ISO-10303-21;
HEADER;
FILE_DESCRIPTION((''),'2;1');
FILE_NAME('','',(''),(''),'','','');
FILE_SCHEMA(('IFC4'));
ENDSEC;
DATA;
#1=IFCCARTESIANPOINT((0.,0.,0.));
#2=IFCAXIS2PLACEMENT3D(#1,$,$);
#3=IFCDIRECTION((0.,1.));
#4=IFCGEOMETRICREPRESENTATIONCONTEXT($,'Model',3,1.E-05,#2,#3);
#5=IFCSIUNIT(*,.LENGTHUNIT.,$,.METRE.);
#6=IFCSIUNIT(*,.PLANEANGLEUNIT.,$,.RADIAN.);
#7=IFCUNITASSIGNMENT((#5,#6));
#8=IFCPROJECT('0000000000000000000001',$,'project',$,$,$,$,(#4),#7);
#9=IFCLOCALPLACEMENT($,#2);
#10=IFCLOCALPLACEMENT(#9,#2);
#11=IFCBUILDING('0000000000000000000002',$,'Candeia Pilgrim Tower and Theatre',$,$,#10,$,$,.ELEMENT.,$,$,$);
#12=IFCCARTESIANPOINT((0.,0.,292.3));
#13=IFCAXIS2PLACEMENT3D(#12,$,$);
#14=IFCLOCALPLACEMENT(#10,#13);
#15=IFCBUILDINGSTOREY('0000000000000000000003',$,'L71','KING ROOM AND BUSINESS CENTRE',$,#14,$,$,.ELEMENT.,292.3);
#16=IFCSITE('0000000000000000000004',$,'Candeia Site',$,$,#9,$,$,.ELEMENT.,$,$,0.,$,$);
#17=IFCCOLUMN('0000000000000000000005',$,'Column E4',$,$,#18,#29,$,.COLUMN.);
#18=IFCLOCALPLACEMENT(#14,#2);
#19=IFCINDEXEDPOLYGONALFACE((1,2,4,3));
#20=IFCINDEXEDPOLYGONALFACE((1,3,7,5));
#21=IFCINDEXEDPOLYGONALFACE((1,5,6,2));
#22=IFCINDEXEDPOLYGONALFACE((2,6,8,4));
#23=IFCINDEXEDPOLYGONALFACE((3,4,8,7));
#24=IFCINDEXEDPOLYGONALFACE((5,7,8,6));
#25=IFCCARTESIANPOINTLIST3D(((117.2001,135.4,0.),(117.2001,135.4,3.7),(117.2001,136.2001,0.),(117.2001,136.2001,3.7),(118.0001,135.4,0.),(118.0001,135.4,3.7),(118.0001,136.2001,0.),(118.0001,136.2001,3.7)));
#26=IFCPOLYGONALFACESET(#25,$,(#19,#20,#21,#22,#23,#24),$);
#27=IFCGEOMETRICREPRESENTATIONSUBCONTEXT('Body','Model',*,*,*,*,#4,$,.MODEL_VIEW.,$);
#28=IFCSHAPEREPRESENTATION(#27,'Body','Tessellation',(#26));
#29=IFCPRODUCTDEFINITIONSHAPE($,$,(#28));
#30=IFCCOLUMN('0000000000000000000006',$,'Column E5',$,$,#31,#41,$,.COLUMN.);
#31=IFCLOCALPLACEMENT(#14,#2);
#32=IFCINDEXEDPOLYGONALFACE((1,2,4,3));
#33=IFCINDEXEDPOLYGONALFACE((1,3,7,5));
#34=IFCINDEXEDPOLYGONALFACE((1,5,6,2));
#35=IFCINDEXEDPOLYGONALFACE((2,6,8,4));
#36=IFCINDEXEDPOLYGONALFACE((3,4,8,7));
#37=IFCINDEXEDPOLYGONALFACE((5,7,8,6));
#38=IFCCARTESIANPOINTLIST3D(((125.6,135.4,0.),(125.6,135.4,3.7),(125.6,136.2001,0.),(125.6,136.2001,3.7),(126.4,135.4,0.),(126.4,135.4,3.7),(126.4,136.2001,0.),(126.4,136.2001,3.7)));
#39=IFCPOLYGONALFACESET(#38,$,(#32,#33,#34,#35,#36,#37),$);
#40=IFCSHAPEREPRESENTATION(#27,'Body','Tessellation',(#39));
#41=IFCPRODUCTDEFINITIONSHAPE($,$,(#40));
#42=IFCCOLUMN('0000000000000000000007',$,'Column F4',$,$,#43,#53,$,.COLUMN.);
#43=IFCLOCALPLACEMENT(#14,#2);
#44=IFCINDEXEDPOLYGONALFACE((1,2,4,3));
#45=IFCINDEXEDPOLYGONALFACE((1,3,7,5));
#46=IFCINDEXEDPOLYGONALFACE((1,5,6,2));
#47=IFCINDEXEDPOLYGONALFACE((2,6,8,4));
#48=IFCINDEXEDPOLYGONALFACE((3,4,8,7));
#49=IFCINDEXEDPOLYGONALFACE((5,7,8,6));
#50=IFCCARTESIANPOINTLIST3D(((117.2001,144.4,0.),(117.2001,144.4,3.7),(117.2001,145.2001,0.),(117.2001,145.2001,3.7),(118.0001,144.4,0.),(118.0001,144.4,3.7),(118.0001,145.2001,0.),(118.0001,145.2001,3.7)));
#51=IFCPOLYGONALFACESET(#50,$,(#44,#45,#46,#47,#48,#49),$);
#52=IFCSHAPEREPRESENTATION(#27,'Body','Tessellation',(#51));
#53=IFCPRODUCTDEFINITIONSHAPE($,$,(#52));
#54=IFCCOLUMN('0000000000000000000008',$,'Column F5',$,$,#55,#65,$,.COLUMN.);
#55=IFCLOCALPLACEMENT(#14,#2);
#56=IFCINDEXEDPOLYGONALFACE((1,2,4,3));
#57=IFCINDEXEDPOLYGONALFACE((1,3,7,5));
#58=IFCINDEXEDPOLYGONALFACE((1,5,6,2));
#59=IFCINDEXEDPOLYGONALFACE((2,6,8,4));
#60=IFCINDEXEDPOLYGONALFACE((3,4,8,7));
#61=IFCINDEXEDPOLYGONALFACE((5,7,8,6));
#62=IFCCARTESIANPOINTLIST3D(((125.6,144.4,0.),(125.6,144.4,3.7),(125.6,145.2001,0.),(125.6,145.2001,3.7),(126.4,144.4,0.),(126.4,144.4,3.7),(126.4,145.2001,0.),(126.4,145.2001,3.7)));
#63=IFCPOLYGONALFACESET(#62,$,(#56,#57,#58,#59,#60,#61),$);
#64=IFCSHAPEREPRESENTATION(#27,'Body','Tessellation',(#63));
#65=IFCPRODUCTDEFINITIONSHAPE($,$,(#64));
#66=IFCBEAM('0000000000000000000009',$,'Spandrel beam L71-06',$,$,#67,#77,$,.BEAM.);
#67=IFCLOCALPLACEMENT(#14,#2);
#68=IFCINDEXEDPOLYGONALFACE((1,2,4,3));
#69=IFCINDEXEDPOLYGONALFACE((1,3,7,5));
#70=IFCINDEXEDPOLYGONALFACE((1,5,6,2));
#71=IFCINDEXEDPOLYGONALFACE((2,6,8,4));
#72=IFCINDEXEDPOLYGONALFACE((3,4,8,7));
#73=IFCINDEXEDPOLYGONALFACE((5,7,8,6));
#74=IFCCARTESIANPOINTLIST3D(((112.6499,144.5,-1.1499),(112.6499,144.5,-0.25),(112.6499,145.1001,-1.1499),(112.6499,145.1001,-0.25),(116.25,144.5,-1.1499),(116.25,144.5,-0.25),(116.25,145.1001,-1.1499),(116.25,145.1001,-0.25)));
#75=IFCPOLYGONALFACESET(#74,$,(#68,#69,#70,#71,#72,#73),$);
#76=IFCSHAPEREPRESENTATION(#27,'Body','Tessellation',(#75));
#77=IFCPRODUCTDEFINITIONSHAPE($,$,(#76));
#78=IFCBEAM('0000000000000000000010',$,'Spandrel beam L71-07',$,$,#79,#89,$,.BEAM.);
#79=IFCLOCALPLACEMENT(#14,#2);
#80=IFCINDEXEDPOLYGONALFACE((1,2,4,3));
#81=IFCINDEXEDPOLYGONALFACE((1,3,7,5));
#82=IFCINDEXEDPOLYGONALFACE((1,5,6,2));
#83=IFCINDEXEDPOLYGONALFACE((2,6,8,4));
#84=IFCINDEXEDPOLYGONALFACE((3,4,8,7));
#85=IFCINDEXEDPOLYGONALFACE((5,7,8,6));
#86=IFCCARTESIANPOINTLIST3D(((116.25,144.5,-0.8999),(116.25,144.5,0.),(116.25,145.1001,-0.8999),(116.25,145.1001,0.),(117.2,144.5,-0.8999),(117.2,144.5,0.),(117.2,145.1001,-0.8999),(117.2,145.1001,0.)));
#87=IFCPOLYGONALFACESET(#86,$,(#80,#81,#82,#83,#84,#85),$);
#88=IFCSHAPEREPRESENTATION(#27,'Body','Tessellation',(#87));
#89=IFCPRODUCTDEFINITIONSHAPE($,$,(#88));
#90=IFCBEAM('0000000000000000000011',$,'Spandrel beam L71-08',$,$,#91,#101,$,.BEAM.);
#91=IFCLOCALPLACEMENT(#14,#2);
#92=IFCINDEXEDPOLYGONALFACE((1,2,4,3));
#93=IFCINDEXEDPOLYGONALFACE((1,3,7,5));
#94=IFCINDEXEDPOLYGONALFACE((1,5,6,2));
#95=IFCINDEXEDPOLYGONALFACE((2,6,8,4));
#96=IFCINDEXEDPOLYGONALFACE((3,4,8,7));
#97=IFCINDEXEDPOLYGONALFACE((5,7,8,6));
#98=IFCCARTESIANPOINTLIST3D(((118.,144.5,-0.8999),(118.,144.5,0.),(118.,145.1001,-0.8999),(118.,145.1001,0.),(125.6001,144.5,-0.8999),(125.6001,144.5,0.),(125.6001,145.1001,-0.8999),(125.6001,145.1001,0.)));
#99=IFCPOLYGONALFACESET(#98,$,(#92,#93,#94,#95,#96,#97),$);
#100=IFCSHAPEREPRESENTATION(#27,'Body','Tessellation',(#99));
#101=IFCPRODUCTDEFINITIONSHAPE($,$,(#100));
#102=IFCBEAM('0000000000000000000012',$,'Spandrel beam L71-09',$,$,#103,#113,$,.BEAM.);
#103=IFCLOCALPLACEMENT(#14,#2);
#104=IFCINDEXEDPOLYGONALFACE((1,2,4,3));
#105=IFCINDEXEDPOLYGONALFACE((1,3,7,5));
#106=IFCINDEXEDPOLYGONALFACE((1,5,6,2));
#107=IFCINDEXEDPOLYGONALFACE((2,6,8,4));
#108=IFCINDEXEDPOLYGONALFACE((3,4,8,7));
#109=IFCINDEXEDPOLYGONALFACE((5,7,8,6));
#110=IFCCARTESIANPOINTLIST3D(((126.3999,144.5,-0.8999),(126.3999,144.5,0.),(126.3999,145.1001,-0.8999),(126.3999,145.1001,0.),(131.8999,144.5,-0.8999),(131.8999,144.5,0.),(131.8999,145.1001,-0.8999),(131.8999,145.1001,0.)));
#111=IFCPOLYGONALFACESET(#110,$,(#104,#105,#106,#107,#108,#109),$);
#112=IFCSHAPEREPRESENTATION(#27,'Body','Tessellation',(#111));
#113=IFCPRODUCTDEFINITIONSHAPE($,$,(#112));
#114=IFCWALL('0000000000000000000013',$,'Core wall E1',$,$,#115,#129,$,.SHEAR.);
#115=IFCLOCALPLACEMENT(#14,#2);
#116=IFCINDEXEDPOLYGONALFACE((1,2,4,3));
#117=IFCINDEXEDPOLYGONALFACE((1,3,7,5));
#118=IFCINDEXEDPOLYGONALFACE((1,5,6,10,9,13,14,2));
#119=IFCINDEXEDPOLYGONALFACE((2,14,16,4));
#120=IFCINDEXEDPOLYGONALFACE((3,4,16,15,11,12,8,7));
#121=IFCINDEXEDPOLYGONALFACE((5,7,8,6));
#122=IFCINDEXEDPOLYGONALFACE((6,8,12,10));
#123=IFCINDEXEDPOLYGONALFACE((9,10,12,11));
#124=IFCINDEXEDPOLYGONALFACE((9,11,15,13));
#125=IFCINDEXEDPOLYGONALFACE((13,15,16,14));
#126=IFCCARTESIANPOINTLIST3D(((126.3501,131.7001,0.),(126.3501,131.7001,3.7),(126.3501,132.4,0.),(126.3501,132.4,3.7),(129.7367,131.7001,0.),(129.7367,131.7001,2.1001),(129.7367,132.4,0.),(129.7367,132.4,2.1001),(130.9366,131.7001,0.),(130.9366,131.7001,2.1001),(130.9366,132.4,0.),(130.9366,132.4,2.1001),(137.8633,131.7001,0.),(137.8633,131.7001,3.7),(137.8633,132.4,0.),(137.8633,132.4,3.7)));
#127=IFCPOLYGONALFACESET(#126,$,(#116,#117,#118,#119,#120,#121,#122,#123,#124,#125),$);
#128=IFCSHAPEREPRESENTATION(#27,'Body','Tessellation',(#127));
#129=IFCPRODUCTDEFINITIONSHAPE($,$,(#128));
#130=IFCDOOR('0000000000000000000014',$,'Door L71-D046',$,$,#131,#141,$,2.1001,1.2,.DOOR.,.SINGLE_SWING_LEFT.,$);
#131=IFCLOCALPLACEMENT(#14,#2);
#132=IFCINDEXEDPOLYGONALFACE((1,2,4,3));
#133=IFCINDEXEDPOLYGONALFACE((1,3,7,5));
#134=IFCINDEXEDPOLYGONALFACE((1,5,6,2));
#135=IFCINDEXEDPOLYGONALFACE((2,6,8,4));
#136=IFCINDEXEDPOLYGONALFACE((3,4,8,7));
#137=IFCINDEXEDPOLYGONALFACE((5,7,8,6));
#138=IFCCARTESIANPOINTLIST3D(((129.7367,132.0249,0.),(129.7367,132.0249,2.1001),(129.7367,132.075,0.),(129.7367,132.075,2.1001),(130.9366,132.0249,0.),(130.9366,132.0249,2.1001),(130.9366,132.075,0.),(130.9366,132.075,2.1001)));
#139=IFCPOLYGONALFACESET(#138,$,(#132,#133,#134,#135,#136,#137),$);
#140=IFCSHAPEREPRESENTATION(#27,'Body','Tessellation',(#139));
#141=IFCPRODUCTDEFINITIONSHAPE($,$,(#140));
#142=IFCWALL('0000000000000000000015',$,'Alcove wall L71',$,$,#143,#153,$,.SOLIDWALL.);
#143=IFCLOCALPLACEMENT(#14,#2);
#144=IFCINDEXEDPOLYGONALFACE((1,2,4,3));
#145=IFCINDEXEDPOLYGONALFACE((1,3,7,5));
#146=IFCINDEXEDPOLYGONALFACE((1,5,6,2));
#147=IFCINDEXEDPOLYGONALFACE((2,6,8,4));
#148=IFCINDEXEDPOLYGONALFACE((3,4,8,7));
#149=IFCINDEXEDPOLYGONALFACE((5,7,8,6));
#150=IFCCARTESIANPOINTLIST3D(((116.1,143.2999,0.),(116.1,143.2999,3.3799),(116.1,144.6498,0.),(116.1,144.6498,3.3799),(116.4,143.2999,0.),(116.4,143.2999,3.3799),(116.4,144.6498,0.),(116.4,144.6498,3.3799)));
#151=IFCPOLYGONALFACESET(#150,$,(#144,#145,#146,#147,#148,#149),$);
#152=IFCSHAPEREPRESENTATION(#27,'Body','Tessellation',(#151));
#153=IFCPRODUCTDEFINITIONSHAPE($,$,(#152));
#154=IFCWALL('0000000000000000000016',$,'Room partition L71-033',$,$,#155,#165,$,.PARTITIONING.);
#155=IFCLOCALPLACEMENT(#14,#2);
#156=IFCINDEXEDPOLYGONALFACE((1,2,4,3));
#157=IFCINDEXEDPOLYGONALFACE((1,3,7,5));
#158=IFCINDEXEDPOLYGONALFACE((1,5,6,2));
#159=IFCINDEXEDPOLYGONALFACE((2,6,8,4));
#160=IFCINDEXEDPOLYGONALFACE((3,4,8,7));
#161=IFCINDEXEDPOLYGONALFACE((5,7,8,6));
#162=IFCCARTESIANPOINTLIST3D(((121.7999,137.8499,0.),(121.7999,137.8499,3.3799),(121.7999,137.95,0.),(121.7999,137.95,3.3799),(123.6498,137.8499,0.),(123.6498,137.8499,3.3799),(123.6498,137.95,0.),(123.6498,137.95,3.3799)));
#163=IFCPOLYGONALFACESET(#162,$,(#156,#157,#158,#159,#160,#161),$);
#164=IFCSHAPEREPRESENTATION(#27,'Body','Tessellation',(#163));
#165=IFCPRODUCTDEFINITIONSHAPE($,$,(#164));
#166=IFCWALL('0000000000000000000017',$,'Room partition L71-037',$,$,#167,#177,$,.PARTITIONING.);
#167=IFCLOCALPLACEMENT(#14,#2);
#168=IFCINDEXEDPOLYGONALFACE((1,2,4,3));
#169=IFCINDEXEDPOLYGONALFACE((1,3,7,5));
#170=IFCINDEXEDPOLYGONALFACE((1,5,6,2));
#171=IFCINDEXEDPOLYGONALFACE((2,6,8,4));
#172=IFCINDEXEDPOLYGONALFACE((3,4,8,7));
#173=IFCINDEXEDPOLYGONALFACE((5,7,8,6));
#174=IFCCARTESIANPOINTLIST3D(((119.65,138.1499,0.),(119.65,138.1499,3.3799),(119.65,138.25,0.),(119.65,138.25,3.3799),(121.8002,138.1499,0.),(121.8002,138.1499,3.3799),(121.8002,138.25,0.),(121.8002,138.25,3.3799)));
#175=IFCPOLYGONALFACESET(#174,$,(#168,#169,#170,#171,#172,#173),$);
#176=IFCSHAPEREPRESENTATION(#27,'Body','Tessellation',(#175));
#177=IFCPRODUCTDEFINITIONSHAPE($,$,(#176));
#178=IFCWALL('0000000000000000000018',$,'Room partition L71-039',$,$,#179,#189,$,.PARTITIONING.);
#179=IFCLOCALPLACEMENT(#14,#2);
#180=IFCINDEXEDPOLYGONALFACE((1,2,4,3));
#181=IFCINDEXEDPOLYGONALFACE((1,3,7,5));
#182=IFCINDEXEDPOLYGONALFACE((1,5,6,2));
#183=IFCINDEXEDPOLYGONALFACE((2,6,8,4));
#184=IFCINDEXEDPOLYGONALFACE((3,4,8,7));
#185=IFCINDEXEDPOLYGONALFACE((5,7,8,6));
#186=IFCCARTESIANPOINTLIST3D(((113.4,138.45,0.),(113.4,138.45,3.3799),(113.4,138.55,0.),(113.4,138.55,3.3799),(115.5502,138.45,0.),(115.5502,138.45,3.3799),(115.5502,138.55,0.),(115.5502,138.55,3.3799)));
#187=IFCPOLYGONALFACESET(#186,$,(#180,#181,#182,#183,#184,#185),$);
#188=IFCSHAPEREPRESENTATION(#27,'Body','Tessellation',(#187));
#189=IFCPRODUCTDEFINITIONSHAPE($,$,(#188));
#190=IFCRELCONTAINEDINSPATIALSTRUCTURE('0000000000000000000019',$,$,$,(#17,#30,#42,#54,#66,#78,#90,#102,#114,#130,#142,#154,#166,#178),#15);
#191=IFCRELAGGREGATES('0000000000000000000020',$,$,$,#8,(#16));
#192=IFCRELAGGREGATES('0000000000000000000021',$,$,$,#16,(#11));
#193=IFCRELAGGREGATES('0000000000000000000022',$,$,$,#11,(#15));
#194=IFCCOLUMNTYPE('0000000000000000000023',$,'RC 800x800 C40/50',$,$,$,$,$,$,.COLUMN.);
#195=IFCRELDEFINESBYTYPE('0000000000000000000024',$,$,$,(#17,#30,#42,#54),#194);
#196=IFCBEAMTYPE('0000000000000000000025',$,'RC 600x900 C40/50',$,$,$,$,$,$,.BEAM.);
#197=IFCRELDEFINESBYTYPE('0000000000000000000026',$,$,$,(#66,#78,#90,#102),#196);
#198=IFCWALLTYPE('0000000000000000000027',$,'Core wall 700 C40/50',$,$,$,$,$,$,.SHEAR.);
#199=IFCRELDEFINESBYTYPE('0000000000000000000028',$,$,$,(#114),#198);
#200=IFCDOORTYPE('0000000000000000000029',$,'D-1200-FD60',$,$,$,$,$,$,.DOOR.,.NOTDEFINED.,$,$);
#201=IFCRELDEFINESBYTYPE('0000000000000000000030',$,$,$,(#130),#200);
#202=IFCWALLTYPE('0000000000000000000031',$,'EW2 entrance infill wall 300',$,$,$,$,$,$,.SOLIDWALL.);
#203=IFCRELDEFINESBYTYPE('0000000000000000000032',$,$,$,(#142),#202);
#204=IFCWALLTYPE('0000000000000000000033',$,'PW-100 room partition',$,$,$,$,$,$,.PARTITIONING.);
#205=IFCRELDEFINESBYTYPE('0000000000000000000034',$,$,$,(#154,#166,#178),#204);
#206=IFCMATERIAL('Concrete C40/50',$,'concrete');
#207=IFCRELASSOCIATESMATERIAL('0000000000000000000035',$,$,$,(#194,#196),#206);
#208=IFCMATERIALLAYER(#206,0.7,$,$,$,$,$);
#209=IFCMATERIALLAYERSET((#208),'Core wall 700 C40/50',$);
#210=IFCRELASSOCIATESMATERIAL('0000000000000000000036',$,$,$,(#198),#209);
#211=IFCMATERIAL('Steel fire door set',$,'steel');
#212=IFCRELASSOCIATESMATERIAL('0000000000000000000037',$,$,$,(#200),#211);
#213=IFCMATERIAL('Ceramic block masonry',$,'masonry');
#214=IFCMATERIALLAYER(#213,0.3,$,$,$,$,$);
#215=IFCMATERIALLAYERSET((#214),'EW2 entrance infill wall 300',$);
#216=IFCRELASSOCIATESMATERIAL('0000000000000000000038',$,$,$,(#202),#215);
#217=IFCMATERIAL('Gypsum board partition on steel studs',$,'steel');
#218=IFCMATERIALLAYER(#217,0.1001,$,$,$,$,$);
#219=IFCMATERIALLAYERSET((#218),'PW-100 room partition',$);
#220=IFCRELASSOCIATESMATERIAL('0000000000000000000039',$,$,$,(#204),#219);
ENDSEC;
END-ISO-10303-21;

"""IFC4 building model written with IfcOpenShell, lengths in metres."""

from ifc_helpers import new_model, si_unit, direction, frame, frame_2d, origin, origin_2d, place, context, subcontext, project, spatial, rectangle, extrude, material, layer, layer_set, material_profile, profile_set, type_object, element, fill, save


model = new_model("IFC4")

# Units and contexts
model_context = context("Model", 3, precision=1e-05, world=origin(), true_north=direction((0.0, 1.0)))
body_context = subcontext(model_context, "Body", "Model", "MODEL_VIEW")
ifc_project = project(units=[si_unit("LENGTHUNIT", "METRE"), si_unit("PLANEANGLEUNIT", "RADIAN")], contexts=[model_context])

# Site, building, storey
site_placement = place(None, origin())
site = spatial("IfcSite", under=ifc_project, at=site_placement, Name="Candeia Site", CompositionType="ELEMENT", RefElevation=0.0)
building_placement = place(site_placement, origin())
building = spatial("IfcBuilding", under=site, at=building_placement, Name="Candeia Pilgrim Tower and Theatre", CompositionType="ELEMENT")
storey_placement = place(building_placement, frame((0.0, 0.0, 292.3)))
storey = spatial("IfcBuildingStorey", under=building, at=storey_placement, Name="L71", Description="KING ROOM AND BUSINESS CENTRE", CompositionType="ELEMENT", Elevation=292.3)

# Columns
ifc_material_1 = material(Name="Concrete C40/50", Category="concrete")
ifc_material_profile_1 = material_profile(ifc_material_1, rectangle(XDim=0.8, YDim=0.8, at=origin_2d()))
ifc_profile_set_1 = profile_set([ifc_material_profile_1], Name="Concrete C40/50")
column_type = type_object("IfcColumnType", Name="RC 800x800 C40/50", PredefinedType="COLUMN", material=ifc_profile_set_1)
for number, where, z_axis, x_axis, name in (
    (1, (117.6001, 135.8, 0.0), (0.0, 0.0, 1.0), (1.0, 0.0, 0.0), "Column E4"),
    (2, (126.0, 135.8, 0.0), (0.0, 0.0, 1.0), (1.0, 0.0, 0.0), "Column E5"),
    (3, (117.6001, 144.8, 0.0), (0.0, 0.0, 1.0), (1.0, 0.0, 0.0), "Column F4"),
    (4, (126.0, 144.8, 0.0), (0.0, 0.0, 1.0), (1.0, 0.0, 0.0), "Column F5"),
):
    element("IfcColumn", number, at=place(storey_placement, frame(where, z_axis=z_axis, x_axis=x_axis)), inside=storey, type_object=column_type, Name=name, PredefinedType="COLUMN", context=body_context, shape_type="SweptSolid", body=[
        extrude(rectangle(XDim=0.8, YDim=0.8, at=origin_2d()), origin(), (0.0, 0.0, 1.0), 3.7),
    ])

# Beams
ifc_material_profile_2 = material_profile(ifc_material_1, rectangle(XDim=0.6001, YDim=0.8999, at=origin_2d()))
ifc_profile_set_2 = profile_set([ifc_material_profile_2], Name="Concrete C40/50")
beam_type = type_object("IfcBeamType", Name="RC 600x900 C40/50", PredefinedType="BEAM", material=ifc_profile_set_2)
beam_1_placement = place(storey_placement, frame((112.6499, 144.8, -0.7), z_axis=(1.0, 0.0, 0.0), x_axis=(0.0, 1.0, 0.0)))
element("IfcBeam", 5, at=beam_1_placement, inside=storey, type_object=beam_type, Name="Spandrel beam L71-06", PredefinedType="BEAM", context=body_context, shape_type="SweptSolid", body=[
    extrude(rectangle(XDim=0.6001, YDim=0.8999, at=origin_2d()), origin(), (0.0, 0.0, 1.0), 3.6001),
])
beam_2_placement = place(storey_placement, frame((116.25, 144.8, -0.45), z_axis=(1.0, 0.0, 0.0), x_axis=(0.0, 1.0, 0.0)))
element("IfcBeam", 6, at=beam_2_placement, inside=storey, type_object=beam_type, Name="Spandrel beam L71-07", PredefinedType="BEAM", context=body_context, shape_type="SweptSolid", body=[
    extrude(rectangle(XDim=0.6001, YDim=0.8999, at=origin_2d()), origin(), (0.0, 0.0, 1.0), 0.95),
])
beam_3_placement = place(storey_placement, frame((118.0, 144.8, -0.45), z_axis=(1.0, 0.0, 0.0), x_axis=(0.0, 1.0, 0.0)))
element("IfcBeam", 7, at=beam_3_placement, inside=storey, type_object=beam_type, Name="Spandrel beam L71-08", PredefinedType="BEAM", context=body_context, shape_type="SweptSolid", body=[
    extrude(rectangle(XDim=0.6001, YDim=0.8999, at=origin_2d()), origin(), (0.0, 0.0, 1.0), 7.6001),
])
beam_4_placement = place(storey_placement, frame((126.3999, 144.8, -0.45), z_axis=(1.0, 0.0, 0.0), x_axis=(0.0, 1.0, 0.0)))
element("IfcBeam", 8, at=beam_4_placement, inside=storey, type_object=beam_type, Name="Spandrel beam L71-09", PredefinedType="BEAM", context=body_context, shape_type="SweptSolid", body=[
    extrude(rectangle(XDim=0.6001, YDim=0.8999, at=origin_2d()), origin(), (0.0, 0.0, 1.0), 5.5),
])

# Wall, opening, door
ifc_layer_1 = layer(ifc_material_1, 0.7)
ifc_layer_set_1 = layer_set([ifc_layer_1], Name="Core wall 700 C40/50")
wall_type_1 = type_object("IfcWallType", Name="Core wall 700 C40/50", PredefinedType="SHEAR", material=ifc_layer_set_1)
wall_1_placement = place(storey_placement, frame((126.3501, 132.05, 0.0), z_axis=(0.0, 0.0, 1.0), x_axis=(1.0, 0.0, 0.0)))
wall_1 = element("IfcWall", 9, at=wall_1_placement, inside=storey, type_object=wall_type_1, Name="Core wall E1", PredefinedType="SHEAR", context=body_context, shape_type="SweptSolid", body=[
    extrude(rectangle(XDim=11.5132, YDim=0.7, at=frame_2d((5.7566, 0.0))), origin(), (0.0, 0.0, 1.0), 3.7),
])
opening_1_placement = place(wall_1_placement, frame((3.3865, 0.0, 0.0)))
opening_1 = element("IfcOpeningElement", 10, at=opening_1_placement, cuts=wall_1, PredefinedType="OPENING", context=body_context, shape_type="SweptSolid", body=[
    extrude(rectangle(XDim=1.2, YDim=2.1001, at=frame_2d((0.6001, 1.05))), frame((0.0, 0.3599, 0.0), z_axis=(0.0, -1.0, 0.0), x_axis=(1.0, 0.0, 0.0)), (0.0, 0.0, 1.0), 0.72),
])
ifc_material_2 = material(Name="Steel fire door set", Category="steel")
door_type_1 = type_object("IfcDoorType", Name="D-1200-FD60", OperationType="NOTDEFINED", PredefinedType="DOOR", material=ifc_material_2)
door_1_placement = place(opening_1_placement, origin())
door_1 = element("IfcDoor", 11, at=door_1_placement, inside=storey, type_object=door_type_1, Name="Door L71-D046", OperationType="SINGLE_SWING_LEFT", OverallHeight=2.1001, OverallWidth=1.2, PredefinedType="DOOR", context=body_context, shape_type="SweptSolid", body=[
    extrude(rectangle(XDim=1.2, YDim=2.1001, at=frame_2d((0.6001, 1.05))), frame((0.0, 0.0249, 0.0), z_axis=(0.0, -1.0, 0.0), x_axis=(1.0, 0.0, 0.0)), (0.0, 0.0, 1.0), 0.05),
])
fill(opening_1, door_1)

# Wall
ifc_material_3 = material(Name="Ceramic block masonry", Category="masonry")
ifc_layer_2 = layer(ifc_material_3, 0.3)
ifc_layer_set_2 = layer_set([ifc_layer_2], Name="EW2 entrance infill wall 300")
wall_type_2 = type_object("IfcWallType", Name="EW2 entrance infill wall 300", PredefinedType="SOLIDWALL", material=ifc_layer_set_2)
wall_2_placement = place(storey_placement, frame((116.25, 143.3, 0.0), z_axis=(0.0, 0.0, 1.0), x_axis=(0.0, 1.0, 0.0)))
element("IfcWall", 12, at=wall_2_placement, inside=storey, type_object=wall_type_2, Name="Alcove wall L71", PredefinedType="SOLIDWALL", context=body_context, shape_type="SweptSolid", body=[
    extrude(rectangle(XDim=1.3499, YDim=0.3, at=frame_2d((0.6748, 0.0))), origin(), (0.0, 0.0, 1.0), 3.3799),
])

# Walls
ifc_material_4 = material(Name="Gypsum board partition on steel studs", Category="steel")
ifc_layer_3 = layer(ifc_material_4, 0.1001)
ifc_layer_set_3 = layer_set([ifc_layer_3], Name="PW-100 room partition")
wall_type_3 = type_object("IfcWallType", Name="PW-100 room partition", PredefinedType="PARTITIONING", material=ifc_layer_set_3)
wall_3_placement = place(storey_placement, frame((121.8, 137.8999, 0.0), z_axis=(0.0, 0.0, 1.0), x_axis=(1.0, 0.0, 0.0)))
element("IfcWall", 13, at=wall_3_placement, inside=storey, type_object=wall_type_3, Name="Room partition L71-033", PredefinedType="PARTITIONING", context=body_context, shape_type="SweptSolid", body=[
    extrude(rectangle(XDim=1.8499, YDim=0.1001, at=frame_2d((0.9248, 0.0))), origin(), (0.0, 0.0, 1.0), 3.3799),
])
for number, where, z_axis, x_axis, name in (
    (14, (119.6499, 138.2, 0.0), (0.0, 0.0, 1.0), (1.0, 0.0, 0.0), "Room partition L71-037"),
    (15, (113.3999, 138.5, 0.0), (0.0, 0.0, 1.0), (1.0, 0.0, 0.0), "Room partition L71-039"),
):
    element("IfcWall", number, at=place(storey_placement, frame(where, z_axis=z_axis, x_axis=x_axis)), inside=storey, type_object=wall_type_3, Name=name, PredefinedType="PARTITIONING", context=body_context, shape_type="SweptSolid", body=[
        extrude(rectangle(XDim=2.1501, YDim=0.1001, at=frame_2d((1.0752, 0.0))), origin(), (0.0, 0.0, 1.0), 3.3799),
    ])

save(model, "model.ifc")
